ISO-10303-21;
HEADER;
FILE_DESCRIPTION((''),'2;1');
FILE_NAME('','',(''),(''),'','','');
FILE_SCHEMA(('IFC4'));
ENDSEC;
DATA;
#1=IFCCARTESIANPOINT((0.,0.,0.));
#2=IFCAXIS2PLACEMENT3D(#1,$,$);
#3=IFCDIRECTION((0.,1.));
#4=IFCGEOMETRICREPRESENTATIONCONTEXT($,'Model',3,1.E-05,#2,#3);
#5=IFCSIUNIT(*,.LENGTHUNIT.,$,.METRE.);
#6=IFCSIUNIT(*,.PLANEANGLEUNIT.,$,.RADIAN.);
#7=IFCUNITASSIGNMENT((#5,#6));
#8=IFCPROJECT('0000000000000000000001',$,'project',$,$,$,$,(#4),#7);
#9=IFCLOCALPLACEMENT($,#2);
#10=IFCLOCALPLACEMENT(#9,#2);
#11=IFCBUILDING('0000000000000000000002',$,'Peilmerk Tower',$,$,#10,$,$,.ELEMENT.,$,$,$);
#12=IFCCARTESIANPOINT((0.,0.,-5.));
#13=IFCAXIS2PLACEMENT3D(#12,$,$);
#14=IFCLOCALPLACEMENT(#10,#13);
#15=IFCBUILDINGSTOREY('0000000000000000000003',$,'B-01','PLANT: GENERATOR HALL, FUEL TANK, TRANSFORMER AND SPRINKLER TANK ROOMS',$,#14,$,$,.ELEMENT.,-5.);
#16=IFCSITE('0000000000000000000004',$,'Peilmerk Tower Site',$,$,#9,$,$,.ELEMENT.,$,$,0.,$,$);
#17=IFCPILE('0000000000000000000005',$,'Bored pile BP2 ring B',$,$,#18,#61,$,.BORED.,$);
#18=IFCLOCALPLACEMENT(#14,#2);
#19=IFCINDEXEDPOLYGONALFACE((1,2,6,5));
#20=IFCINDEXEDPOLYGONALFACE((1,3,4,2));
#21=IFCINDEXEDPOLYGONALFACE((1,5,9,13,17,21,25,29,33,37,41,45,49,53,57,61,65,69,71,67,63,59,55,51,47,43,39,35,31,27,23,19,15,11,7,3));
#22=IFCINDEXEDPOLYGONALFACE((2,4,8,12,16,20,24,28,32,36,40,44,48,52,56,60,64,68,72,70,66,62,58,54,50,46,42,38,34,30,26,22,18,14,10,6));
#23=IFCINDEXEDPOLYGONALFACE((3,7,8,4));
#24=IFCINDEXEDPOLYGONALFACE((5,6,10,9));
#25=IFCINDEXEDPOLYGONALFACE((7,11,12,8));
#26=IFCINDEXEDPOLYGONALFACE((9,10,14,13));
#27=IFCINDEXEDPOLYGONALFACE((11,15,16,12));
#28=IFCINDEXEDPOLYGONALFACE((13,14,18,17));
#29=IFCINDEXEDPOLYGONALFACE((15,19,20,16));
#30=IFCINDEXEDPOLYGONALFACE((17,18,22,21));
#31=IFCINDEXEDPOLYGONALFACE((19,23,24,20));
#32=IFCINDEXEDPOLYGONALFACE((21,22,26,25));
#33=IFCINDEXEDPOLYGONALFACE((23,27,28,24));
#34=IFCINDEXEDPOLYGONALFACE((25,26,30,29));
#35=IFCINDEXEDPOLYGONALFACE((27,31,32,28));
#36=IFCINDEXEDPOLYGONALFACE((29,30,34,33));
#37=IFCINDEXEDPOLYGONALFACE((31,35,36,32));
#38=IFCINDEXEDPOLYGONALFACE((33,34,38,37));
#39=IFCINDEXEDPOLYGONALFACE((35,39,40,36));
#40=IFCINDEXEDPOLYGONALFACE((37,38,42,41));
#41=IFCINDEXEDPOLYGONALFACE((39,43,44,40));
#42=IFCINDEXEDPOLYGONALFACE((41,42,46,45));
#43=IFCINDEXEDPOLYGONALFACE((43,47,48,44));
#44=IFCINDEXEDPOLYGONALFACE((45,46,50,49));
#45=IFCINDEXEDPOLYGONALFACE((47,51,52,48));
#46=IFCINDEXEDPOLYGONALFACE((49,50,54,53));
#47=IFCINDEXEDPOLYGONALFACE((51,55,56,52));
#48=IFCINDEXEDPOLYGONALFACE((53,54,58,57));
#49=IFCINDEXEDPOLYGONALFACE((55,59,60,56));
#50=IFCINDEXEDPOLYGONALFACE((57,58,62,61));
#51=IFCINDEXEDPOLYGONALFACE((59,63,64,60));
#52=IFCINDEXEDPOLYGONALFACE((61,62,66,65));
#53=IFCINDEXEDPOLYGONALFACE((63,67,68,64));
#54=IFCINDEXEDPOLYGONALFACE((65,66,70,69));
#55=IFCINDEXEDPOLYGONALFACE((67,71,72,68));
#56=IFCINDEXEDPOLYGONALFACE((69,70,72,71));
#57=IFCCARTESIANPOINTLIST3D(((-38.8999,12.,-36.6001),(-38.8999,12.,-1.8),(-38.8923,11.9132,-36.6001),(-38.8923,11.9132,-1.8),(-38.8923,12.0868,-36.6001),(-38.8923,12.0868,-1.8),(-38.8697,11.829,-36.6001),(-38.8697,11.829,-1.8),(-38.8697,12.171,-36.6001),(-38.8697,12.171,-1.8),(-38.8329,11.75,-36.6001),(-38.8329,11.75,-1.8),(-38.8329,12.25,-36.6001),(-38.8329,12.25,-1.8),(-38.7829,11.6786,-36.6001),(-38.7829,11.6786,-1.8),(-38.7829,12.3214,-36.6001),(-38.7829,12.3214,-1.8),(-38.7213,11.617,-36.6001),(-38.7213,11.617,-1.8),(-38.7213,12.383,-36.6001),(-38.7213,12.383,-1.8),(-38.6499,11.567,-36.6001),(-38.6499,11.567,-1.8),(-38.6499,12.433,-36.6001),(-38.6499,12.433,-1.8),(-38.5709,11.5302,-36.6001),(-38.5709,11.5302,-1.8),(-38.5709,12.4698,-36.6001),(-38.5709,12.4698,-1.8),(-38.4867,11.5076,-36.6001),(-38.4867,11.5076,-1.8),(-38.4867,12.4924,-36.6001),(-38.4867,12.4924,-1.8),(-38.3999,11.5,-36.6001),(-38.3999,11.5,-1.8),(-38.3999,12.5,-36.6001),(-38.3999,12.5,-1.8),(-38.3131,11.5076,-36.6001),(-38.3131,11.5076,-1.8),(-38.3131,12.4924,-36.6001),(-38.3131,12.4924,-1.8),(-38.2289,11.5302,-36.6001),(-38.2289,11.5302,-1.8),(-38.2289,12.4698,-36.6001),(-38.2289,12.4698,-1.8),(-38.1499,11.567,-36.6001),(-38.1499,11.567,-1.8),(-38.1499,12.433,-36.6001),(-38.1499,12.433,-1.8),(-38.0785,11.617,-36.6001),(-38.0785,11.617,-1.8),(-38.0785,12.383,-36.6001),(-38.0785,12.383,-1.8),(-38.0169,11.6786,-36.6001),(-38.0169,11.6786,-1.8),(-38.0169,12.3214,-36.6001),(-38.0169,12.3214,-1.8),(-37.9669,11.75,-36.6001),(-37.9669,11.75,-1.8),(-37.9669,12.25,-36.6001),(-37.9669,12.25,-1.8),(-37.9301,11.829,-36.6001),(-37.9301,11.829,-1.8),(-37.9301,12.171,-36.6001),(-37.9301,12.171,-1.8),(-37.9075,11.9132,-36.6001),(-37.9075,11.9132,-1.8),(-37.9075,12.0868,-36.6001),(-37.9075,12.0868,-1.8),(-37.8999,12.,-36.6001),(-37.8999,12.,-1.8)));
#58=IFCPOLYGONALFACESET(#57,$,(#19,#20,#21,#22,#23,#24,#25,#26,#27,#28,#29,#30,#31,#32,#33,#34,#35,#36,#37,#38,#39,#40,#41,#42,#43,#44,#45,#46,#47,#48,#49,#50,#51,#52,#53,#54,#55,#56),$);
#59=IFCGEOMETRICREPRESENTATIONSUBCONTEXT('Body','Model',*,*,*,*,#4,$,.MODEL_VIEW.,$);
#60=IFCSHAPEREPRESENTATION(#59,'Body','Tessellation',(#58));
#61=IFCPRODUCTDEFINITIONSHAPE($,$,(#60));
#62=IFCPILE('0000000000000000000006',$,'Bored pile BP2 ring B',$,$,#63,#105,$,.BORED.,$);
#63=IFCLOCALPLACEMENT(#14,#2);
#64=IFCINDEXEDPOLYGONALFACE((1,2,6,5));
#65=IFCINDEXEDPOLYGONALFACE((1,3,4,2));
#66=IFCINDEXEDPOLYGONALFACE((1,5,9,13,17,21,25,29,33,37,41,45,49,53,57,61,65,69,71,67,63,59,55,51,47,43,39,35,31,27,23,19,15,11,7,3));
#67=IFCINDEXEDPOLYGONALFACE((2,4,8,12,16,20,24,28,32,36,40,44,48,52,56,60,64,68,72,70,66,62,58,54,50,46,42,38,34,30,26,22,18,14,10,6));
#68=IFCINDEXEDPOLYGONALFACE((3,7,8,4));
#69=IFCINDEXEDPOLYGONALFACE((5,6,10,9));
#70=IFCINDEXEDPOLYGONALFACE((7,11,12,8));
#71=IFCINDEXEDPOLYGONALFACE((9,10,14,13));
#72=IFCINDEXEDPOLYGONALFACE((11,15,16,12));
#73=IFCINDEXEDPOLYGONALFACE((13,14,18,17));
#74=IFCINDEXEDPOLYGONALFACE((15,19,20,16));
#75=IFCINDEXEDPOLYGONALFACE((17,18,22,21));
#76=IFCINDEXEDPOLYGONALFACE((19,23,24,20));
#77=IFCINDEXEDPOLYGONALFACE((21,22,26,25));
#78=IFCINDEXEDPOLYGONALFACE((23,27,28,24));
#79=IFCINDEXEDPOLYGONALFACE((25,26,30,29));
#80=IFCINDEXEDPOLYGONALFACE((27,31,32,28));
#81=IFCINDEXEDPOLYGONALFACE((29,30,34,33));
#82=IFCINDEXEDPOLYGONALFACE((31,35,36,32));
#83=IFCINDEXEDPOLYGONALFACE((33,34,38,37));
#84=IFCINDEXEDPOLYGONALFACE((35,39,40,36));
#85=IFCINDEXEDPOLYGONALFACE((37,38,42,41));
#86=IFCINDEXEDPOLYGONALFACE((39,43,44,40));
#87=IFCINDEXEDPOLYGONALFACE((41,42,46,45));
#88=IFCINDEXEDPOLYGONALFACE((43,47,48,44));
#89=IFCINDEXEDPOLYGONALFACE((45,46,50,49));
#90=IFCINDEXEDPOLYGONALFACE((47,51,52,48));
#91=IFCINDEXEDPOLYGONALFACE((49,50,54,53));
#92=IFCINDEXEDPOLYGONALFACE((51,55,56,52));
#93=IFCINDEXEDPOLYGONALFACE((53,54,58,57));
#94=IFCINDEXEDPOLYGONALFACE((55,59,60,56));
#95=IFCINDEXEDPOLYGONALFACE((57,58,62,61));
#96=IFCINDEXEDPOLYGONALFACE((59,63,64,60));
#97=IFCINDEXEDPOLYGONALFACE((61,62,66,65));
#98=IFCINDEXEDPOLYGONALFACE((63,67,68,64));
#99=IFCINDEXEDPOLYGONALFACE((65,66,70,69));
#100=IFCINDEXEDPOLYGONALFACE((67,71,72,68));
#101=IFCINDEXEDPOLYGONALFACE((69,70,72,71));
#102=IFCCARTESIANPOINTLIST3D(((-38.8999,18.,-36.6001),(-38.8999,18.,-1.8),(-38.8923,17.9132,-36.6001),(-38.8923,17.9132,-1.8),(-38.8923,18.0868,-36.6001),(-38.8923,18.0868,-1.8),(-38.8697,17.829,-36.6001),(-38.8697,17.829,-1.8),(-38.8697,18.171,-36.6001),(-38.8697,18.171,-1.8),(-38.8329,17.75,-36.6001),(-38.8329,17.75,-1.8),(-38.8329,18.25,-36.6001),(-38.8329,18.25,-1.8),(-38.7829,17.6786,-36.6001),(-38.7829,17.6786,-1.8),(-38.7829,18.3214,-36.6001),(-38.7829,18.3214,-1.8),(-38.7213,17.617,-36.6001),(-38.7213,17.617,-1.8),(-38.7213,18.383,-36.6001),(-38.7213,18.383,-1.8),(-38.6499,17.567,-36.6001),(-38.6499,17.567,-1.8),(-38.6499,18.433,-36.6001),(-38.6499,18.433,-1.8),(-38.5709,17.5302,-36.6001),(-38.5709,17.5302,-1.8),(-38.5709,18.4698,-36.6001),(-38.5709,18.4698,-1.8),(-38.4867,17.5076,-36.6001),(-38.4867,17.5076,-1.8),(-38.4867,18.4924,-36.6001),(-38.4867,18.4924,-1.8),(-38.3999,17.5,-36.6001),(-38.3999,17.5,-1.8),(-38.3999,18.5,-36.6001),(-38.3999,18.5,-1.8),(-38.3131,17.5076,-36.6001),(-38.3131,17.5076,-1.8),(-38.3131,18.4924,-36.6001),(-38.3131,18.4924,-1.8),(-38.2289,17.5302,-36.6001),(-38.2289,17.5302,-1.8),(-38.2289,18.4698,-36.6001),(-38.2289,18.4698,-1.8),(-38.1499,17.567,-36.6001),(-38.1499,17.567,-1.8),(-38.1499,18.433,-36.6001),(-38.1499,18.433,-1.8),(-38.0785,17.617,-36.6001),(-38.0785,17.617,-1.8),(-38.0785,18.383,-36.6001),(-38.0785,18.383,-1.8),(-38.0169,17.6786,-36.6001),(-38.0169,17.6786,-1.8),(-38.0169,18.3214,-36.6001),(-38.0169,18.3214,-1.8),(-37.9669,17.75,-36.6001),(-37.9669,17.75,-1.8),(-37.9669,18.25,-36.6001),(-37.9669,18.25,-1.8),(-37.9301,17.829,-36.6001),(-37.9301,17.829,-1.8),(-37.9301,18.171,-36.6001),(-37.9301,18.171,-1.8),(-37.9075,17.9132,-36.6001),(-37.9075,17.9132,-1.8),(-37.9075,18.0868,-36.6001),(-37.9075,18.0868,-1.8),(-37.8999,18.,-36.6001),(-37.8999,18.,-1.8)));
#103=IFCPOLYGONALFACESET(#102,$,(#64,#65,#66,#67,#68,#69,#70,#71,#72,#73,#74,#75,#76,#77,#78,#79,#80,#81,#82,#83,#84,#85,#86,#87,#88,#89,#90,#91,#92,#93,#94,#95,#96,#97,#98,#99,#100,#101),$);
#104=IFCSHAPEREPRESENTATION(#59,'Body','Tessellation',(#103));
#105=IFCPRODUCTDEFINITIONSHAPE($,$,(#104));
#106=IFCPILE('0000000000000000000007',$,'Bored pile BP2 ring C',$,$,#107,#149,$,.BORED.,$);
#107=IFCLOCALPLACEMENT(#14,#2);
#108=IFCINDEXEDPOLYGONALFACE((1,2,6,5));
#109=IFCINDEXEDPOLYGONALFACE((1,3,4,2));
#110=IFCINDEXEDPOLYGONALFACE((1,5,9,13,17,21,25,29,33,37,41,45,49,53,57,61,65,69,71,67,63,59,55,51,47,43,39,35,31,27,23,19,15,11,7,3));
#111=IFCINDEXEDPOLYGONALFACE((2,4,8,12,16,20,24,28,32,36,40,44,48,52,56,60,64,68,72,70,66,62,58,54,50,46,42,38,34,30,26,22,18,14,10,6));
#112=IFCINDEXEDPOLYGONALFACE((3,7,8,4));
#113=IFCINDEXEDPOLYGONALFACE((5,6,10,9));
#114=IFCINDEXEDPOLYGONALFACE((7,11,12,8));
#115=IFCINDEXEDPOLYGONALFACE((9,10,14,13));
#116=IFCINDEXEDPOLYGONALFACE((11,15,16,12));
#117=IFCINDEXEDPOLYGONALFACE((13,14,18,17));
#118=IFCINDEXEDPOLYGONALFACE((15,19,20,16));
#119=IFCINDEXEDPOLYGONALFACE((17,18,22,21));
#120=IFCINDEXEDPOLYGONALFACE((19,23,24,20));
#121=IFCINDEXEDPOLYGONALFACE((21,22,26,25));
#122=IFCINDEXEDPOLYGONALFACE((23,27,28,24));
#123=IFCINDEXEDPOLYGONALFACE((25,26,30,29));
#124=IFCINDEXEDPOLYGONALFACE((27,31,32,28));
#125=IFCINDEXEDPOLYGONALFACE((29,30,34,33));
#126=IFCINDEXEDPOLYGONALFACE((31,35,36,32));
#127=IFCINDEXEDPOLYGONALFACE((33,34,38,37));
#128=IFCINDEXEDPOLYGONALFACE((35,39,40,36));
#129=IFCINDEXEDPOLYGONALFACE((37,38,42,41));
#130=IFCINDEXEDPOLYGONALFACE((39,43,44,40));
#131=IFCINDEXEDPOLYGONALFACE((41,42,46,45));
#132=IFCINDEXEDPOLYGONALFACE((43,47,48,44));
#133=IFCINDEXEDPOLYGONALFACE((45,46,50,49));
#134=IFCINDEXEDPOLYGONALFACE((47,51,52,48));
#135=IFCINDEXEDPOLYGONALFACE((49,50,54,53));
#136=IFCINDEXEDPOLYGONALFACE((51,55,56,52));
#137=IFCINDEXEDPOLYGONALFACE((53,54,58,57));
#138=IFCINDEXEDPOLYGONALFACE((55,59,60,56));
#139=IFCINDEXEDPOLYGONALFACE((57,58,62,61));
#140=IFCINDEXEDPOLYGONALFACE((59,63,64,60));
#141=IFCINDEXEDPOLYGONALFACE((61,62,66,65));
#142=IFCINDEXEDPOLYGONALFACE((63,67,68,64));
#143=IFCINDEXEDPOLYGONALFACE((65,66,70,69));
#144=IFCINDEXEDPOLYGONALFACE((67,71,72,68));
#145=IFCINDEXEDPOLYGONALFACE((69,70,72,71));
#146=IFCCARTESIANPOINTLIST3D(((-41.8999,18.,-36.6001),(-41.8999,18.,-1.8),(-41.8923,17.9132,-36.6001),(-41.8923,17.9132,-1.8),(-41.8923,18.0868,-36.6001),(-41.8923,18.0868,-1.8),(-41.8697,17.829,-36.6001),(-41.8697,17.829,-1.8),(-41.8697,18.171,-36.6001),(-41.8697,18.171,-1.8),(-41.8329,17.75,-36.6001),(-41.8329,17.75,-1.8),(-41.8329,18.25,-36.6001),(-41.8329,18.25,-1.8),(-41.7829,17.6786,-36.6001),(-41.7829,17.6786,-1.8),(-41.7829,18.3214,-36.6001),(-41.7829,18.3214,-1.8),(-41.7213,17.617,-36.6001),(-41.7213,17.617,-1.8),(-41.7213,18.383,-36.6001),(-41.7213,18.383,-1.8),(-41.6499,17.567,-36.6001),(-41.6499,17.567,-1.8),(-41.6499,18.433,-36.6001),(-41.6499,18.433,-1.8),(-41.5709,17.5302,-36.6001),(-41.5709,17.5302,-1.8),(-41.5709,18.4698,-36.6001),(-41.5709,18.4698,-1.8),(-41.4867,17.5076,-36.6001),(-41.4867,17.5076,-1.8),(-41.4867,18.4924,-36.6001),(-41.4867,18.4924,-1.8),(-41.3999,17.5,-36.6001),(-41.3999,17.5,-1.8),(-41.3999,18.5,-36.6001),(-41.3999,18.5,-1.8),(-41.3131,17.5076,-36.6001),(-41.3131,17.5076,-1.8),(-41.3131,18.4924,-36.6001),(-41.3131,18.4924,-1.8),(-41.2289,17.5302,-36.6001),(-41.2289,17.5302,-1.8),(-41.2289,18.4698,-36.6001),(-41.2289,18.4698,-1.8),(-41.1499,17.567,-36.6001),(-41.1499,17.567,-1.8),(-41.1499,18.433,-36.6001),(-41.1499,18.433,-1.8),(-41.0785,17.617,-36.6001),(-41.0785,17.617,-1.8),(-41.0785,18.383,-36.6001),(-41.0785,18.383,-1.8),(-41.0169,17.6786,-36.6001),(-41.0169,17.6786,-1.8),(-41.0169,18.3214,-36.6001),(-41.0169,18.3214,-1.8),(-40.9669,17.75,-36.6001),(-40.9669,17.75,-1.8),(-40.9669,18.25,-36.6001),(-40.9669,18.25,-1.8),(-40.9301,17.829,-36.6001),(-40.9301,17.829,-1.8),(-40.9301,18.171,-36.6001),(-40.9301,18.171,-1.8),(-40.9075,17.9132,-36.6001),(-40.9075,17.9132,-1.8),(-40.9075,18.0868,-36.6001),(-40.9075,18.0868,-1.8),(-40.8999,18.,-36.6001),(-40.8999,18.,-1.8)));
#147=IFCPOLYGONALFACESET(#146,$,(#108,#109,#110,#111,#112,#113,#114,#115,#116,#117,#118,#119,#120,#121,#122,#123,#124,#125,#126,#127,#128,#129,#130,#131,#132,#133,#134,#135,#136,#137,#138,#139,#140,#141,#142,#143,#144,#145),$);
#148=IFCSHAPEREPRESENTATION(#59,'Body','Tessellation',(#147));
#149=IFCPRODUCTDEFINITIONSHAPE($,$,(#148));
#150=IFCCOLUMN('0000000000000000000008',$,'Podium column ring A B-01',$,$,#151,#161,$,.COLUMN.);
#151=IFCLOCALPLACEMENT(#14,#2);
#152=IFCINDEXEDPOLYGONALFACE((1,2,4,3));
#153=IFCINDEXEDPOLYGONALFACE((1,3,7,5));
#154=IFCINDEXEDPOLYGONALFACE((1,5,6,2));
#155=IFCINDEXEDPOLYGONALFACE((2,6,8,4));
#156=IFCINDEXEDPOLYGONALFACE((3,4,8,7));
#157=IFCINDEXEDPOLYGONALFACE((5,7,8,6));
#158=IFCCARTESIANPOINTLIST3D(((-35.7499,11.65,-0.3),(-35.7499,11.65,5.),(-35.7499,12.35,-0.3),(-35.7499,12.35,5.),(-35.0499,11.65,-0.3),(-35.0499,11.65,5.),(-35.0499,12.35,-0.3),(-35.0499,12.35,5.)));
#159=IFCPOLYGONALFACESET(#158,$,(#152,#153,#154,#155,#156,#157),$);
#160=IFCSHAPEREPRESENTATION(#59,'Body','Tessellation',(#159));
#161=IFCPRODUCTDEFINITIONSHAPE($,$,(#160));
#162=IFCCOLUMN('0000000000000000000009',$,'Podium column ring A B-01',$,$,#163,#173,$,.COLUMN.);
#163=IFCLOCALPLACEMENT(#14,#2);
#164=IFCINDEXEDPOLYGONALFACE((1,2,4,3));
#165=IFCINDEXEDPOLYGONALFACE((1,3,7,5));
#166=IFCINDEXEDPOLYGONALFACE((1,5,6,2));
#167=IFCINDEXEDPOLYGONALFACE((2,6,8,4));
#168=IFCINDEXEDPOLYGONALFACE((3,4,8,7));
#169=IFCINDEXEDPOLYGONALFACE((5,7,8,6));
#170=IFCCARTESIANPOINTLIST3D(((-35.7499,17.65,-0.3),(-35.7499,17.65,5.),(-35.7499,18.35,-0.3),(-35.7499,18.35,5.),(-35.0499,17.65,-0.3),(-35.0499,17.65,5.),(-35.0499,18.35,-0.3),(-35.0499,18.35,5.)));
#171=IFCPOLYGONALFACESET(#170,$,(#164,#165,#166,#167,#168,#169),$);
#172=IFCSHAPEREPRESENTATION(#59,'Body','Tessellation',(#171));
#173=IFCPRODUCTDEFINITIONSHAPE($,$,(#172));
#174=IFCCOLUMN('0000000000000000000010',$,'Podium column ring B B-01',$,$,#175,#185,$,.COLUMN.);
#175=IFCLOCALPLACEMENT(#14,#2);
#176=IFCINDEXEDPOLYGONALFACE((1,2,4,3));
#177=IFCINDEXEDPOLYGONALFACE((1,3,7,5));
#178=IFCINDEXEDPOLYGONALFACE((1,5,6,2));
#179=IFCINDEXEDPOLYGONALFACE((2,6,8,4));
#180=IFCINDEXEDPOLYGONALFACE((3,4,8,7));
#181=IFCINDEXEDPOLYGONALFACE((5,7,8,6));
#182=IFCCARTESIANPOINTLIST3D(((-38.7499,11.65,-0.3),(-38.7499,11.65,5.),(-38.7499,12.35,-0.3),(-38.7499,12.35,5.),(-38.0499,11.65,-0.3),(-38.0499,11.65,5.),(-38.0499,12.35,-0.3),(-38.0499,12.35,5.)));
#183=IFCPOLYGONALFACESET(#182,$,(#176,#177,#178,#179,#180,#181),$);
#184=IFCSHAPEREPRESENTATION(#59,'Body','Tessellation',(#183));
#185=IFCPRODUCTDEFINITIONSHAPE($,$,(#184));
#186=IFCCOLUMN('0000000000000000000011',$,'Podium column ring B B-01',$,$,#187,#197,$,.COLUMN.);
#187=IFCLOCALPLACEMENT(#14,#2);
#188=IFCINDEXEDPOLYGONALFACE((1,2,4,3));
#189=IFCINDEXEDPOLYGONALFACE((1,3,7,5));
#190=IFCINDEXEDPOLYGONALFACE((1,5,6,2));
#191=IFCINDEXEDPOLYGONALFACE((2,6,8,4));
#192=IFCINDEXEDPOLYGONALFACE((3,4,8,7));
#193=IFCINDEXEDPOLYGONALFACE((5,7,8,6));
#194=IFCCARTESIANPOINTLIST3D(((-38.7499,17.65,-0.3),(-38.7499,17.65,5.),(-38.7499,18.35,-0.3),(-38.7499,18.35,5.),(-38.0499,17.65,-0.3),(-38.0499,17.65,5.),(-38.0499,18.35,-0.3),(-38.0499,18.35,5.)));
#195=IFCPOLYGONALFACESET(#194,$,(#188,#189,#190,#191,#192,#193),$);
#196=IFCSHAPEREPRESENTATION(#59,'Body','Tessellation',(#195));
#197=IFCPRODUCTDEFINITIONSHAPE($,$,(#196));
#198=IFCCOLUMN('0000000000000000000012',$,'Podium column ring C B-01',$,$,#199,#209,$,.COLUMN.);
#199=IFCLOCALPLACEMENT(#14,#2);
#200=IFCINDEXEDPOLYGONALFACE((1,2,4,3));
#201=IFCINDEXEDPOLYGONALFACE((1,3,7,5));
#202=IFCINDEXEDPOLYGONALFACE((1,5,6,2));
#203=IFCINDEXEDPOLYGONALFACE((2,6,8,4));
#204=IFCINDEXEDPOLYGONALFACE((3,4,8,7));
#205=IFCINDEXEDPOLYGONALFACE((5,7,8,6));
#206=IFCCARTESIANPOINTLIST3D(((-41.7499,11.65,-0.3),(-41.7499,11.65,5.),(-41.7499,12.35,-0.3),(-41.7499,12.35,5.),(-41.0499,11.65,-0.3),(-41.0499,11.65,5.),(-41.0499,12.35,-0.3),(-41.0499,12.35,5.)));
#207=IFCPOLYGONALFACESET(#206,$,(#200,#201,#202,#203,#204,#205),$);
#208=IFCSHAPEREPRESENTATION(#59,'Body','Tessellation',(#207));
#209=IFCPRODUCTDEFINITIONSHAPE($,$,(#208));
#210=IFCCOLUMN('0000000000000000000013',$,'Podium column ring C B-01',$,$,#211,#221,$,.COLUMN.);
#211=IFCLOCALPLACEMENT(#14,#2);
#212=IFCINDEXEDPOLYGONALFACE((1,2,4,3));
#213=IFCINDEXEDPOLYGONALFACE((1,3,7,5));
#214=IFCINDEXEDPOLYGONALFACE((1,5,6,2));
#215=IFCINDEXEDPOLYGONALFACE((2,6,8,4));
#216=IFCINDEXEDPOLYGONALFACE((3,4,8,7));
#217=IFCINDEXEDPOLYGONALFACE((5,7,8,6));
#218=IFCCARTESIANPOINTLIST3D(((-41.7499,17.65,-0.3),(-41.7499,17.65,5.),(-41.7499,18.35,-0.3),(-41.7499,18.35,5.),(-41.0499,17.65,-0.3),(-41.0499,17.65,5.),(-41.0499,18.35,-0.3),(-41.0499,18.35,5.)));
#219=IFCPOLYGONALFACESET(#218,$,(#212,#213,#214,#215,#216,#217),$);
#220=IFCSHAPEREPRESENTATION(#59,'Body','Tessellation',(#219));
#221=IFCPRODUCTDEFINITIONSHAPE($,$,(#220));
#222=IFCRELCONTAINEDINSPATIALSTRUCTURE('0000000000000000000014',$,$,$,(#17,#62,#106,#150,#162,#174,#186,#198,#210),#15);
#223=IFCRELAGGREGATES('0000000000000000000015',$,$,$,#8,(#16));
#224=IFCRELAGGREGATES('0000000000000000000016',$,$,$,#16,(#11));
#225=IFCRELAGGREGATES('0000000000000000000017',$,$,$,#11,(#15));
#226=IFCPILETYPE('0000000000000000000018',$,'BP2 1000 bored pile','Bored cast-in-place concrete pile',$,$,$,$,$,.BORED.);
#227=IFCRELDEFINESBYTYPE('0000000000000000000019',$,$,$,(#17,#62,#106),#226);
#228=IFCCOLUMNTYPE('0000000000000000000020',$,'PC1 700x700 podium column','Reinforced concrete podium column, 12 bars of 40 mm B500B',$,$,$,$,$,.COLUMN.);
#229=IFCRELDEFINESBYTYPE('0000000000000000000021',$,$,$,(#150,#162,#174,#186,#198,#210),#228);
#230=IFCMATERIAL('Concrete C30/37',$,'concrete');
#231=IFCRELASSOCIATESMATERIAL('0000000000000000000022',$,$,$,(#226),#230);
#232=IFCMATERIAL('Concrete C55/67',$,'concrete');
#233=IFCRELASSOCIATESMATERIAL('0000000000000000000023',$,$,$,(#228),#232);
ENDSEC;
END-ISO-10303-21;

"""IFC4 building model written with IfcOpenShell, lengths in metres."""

from ifc_helpers import new_model, si_unit, direction, frame, origin, origin_2d, place, context, subcontext, project, spatial, rectangle, circle, extrude, material, material_profile, profile_set, type_object, element, save


model = new_model("IFC4")

# Units and contexts
model_context = context("Model", 3, precision=1e-05, world=origin(), true_north=direction((0.0, 1.0)))
body_context = subcontext(model_context, "Body", "Model", "MODEL_VIEW")
ifc_project = project(units=[si_unit("LENGTHUNIT", "METRE"), si_unit("PLANEANGLEUNIT", "RADIAN")], contexts=[model_context])

# Site, building, storey
site_placement = place(None, origin())
site = spatial("IfcSite", under=ifc_project, at=site_placement, Name="Peilmerk Tower Site", CompositionType="ELEMENT", RefElevation=0.0)
building_placement = place(site_placement, origin())
building = spatial("IfcBuilding", under=site, at=building_placement, Name="Peilmerk Tower", CompositionType="ELEMENT")
storey_placement = place(building_placement, frame((0.0, 0.0, -5.0)))
storey = spatial("IfcBuildingStorey", under=building, at=storey_placement, Name="B-01", Description="PLANT: GENERATOR HALL, FUEL TANK, TRANSFORMER AND SPRINKLER TANK ROOMS", CompositionType="ELEMENT", Elevation=-5.0)

# Piles
ifc_material_1 = material(Name="Concrete C30/37", Category="concrete")
ifc_material_profile_1 = material_profile(ifc_material_1, circle(Radius=0.5, at=origin_2d()), Name="BP 1000")
ifc_profile_set_1 = profile_set([ifc_material_profile_1], Name="Concrete C30/37")
pile_type_1 = type_object("IfcPileType", Name="BP2 1000 bored pile", Description="Bored cast-in-place concrete pile", PredefinedType="BORED", material=ifc_profile_set_1)
for number, where, z_axis, x_axis, name in (
    (1, (-38.3999, 12.0, -1.8), (0.0, 0.0, -1.0), (1.0, 0.0, 0.0), "Bored pile BP2 ring B"),
    (2, (-38.3999, 18.0, -1.8), (0.0, 0.0, -1.0), (1.0, 0.0, 0.0), "Bored pile BP2 ring B"),
    (3, (-41.3999, 18.0, -1.8), (0.0, 0.0, -1.0), (1.0, 0.0, 0.0), "Bored pile BP2 ring C"),
):
    element("IfcPile", number, at=place(storey_placement, frame(where, z_axis=z_axis, x_axis=x_axis)), inside=storey, type_object=pile_type_1, Name=name, PredefinedType="BORED", context=body_context, shape_type="SweptSolid", body=[
        extrude(circle(Radius=0.5, at=origin_2d()), origin(), (0.0, 0.0, 1.0), 34.8),
    ])

# Columns
ifc_material_2 = material(Name="Concrete C55/67", Category="concrete")
ifc_material_profile_2 = material_profile(ifc_material_2, rectangle(XDim=0.7, YDim=0.7, at=origin_2d()), Name="RC 700x700")
ifc_profile_set_2 = profile_set([ifc_material_profile_2], Name="Concrete C55/67")
column_type_1 = type_object("IfcColumnType", Name="PC1 700x700 podium column", Description="Reinforced concrete podium column, 12 bars of 40 mm B500B", PredefinedType="COLUMN", material=ifc_profile_set_2)
for number, where, z_axis, x_axis, name in (
    (4, (-35.3999, 12.0, -0.3), (0.0, 0.0, 1.0), (1.0, 0.0, 0.0), "Podium column ring A B-01"),
    (5, (-35.3999, 18.0, -0.3), (0.0, 0.0, 1.0), (1.0, 0.0, 0.0), "Podium column ring A B-01"),
    (6, (-38.3999, 12.0, -0.3), (0.0, 0.0, 1.0), (1.0, 0.0, 0.0), "Podium column ring B B-01"),
    (7, (-38.3999, 18.0, -0.3), (0.0, 0.0, 1.0), (1.0, 0.0, 0.0), "Podium column ring B B-01"),
    (8, (-41.3999, 12.0, -0.3), (0.0, 0.0, 1.0), (1.0, 0.0, 0.0), "Podium column ring C B-01"),
    (9, (-41.3999, 18.0, -0.3), (0.0, 0.0, 1.0), (1.0, 0.0, 0.0), "Podium column ring C B-01"),
):
    element("IfcColumn", number, at=place(storey_placement, frame(where, z_axis=z_axis, x_axis=x_axis)), inside=storey, type_object=column_type_1, Name=name, PredefinedType="COLUMN", context=body_context, shape_type="SweptSolid", body=[
        extrude(rectangle(XDim=0.7, YDim=0.7, at=origin_2d()), origin(), (0.0, 0.0, 1.0), 5.3),
    ])

save(model, "model.ifc")
